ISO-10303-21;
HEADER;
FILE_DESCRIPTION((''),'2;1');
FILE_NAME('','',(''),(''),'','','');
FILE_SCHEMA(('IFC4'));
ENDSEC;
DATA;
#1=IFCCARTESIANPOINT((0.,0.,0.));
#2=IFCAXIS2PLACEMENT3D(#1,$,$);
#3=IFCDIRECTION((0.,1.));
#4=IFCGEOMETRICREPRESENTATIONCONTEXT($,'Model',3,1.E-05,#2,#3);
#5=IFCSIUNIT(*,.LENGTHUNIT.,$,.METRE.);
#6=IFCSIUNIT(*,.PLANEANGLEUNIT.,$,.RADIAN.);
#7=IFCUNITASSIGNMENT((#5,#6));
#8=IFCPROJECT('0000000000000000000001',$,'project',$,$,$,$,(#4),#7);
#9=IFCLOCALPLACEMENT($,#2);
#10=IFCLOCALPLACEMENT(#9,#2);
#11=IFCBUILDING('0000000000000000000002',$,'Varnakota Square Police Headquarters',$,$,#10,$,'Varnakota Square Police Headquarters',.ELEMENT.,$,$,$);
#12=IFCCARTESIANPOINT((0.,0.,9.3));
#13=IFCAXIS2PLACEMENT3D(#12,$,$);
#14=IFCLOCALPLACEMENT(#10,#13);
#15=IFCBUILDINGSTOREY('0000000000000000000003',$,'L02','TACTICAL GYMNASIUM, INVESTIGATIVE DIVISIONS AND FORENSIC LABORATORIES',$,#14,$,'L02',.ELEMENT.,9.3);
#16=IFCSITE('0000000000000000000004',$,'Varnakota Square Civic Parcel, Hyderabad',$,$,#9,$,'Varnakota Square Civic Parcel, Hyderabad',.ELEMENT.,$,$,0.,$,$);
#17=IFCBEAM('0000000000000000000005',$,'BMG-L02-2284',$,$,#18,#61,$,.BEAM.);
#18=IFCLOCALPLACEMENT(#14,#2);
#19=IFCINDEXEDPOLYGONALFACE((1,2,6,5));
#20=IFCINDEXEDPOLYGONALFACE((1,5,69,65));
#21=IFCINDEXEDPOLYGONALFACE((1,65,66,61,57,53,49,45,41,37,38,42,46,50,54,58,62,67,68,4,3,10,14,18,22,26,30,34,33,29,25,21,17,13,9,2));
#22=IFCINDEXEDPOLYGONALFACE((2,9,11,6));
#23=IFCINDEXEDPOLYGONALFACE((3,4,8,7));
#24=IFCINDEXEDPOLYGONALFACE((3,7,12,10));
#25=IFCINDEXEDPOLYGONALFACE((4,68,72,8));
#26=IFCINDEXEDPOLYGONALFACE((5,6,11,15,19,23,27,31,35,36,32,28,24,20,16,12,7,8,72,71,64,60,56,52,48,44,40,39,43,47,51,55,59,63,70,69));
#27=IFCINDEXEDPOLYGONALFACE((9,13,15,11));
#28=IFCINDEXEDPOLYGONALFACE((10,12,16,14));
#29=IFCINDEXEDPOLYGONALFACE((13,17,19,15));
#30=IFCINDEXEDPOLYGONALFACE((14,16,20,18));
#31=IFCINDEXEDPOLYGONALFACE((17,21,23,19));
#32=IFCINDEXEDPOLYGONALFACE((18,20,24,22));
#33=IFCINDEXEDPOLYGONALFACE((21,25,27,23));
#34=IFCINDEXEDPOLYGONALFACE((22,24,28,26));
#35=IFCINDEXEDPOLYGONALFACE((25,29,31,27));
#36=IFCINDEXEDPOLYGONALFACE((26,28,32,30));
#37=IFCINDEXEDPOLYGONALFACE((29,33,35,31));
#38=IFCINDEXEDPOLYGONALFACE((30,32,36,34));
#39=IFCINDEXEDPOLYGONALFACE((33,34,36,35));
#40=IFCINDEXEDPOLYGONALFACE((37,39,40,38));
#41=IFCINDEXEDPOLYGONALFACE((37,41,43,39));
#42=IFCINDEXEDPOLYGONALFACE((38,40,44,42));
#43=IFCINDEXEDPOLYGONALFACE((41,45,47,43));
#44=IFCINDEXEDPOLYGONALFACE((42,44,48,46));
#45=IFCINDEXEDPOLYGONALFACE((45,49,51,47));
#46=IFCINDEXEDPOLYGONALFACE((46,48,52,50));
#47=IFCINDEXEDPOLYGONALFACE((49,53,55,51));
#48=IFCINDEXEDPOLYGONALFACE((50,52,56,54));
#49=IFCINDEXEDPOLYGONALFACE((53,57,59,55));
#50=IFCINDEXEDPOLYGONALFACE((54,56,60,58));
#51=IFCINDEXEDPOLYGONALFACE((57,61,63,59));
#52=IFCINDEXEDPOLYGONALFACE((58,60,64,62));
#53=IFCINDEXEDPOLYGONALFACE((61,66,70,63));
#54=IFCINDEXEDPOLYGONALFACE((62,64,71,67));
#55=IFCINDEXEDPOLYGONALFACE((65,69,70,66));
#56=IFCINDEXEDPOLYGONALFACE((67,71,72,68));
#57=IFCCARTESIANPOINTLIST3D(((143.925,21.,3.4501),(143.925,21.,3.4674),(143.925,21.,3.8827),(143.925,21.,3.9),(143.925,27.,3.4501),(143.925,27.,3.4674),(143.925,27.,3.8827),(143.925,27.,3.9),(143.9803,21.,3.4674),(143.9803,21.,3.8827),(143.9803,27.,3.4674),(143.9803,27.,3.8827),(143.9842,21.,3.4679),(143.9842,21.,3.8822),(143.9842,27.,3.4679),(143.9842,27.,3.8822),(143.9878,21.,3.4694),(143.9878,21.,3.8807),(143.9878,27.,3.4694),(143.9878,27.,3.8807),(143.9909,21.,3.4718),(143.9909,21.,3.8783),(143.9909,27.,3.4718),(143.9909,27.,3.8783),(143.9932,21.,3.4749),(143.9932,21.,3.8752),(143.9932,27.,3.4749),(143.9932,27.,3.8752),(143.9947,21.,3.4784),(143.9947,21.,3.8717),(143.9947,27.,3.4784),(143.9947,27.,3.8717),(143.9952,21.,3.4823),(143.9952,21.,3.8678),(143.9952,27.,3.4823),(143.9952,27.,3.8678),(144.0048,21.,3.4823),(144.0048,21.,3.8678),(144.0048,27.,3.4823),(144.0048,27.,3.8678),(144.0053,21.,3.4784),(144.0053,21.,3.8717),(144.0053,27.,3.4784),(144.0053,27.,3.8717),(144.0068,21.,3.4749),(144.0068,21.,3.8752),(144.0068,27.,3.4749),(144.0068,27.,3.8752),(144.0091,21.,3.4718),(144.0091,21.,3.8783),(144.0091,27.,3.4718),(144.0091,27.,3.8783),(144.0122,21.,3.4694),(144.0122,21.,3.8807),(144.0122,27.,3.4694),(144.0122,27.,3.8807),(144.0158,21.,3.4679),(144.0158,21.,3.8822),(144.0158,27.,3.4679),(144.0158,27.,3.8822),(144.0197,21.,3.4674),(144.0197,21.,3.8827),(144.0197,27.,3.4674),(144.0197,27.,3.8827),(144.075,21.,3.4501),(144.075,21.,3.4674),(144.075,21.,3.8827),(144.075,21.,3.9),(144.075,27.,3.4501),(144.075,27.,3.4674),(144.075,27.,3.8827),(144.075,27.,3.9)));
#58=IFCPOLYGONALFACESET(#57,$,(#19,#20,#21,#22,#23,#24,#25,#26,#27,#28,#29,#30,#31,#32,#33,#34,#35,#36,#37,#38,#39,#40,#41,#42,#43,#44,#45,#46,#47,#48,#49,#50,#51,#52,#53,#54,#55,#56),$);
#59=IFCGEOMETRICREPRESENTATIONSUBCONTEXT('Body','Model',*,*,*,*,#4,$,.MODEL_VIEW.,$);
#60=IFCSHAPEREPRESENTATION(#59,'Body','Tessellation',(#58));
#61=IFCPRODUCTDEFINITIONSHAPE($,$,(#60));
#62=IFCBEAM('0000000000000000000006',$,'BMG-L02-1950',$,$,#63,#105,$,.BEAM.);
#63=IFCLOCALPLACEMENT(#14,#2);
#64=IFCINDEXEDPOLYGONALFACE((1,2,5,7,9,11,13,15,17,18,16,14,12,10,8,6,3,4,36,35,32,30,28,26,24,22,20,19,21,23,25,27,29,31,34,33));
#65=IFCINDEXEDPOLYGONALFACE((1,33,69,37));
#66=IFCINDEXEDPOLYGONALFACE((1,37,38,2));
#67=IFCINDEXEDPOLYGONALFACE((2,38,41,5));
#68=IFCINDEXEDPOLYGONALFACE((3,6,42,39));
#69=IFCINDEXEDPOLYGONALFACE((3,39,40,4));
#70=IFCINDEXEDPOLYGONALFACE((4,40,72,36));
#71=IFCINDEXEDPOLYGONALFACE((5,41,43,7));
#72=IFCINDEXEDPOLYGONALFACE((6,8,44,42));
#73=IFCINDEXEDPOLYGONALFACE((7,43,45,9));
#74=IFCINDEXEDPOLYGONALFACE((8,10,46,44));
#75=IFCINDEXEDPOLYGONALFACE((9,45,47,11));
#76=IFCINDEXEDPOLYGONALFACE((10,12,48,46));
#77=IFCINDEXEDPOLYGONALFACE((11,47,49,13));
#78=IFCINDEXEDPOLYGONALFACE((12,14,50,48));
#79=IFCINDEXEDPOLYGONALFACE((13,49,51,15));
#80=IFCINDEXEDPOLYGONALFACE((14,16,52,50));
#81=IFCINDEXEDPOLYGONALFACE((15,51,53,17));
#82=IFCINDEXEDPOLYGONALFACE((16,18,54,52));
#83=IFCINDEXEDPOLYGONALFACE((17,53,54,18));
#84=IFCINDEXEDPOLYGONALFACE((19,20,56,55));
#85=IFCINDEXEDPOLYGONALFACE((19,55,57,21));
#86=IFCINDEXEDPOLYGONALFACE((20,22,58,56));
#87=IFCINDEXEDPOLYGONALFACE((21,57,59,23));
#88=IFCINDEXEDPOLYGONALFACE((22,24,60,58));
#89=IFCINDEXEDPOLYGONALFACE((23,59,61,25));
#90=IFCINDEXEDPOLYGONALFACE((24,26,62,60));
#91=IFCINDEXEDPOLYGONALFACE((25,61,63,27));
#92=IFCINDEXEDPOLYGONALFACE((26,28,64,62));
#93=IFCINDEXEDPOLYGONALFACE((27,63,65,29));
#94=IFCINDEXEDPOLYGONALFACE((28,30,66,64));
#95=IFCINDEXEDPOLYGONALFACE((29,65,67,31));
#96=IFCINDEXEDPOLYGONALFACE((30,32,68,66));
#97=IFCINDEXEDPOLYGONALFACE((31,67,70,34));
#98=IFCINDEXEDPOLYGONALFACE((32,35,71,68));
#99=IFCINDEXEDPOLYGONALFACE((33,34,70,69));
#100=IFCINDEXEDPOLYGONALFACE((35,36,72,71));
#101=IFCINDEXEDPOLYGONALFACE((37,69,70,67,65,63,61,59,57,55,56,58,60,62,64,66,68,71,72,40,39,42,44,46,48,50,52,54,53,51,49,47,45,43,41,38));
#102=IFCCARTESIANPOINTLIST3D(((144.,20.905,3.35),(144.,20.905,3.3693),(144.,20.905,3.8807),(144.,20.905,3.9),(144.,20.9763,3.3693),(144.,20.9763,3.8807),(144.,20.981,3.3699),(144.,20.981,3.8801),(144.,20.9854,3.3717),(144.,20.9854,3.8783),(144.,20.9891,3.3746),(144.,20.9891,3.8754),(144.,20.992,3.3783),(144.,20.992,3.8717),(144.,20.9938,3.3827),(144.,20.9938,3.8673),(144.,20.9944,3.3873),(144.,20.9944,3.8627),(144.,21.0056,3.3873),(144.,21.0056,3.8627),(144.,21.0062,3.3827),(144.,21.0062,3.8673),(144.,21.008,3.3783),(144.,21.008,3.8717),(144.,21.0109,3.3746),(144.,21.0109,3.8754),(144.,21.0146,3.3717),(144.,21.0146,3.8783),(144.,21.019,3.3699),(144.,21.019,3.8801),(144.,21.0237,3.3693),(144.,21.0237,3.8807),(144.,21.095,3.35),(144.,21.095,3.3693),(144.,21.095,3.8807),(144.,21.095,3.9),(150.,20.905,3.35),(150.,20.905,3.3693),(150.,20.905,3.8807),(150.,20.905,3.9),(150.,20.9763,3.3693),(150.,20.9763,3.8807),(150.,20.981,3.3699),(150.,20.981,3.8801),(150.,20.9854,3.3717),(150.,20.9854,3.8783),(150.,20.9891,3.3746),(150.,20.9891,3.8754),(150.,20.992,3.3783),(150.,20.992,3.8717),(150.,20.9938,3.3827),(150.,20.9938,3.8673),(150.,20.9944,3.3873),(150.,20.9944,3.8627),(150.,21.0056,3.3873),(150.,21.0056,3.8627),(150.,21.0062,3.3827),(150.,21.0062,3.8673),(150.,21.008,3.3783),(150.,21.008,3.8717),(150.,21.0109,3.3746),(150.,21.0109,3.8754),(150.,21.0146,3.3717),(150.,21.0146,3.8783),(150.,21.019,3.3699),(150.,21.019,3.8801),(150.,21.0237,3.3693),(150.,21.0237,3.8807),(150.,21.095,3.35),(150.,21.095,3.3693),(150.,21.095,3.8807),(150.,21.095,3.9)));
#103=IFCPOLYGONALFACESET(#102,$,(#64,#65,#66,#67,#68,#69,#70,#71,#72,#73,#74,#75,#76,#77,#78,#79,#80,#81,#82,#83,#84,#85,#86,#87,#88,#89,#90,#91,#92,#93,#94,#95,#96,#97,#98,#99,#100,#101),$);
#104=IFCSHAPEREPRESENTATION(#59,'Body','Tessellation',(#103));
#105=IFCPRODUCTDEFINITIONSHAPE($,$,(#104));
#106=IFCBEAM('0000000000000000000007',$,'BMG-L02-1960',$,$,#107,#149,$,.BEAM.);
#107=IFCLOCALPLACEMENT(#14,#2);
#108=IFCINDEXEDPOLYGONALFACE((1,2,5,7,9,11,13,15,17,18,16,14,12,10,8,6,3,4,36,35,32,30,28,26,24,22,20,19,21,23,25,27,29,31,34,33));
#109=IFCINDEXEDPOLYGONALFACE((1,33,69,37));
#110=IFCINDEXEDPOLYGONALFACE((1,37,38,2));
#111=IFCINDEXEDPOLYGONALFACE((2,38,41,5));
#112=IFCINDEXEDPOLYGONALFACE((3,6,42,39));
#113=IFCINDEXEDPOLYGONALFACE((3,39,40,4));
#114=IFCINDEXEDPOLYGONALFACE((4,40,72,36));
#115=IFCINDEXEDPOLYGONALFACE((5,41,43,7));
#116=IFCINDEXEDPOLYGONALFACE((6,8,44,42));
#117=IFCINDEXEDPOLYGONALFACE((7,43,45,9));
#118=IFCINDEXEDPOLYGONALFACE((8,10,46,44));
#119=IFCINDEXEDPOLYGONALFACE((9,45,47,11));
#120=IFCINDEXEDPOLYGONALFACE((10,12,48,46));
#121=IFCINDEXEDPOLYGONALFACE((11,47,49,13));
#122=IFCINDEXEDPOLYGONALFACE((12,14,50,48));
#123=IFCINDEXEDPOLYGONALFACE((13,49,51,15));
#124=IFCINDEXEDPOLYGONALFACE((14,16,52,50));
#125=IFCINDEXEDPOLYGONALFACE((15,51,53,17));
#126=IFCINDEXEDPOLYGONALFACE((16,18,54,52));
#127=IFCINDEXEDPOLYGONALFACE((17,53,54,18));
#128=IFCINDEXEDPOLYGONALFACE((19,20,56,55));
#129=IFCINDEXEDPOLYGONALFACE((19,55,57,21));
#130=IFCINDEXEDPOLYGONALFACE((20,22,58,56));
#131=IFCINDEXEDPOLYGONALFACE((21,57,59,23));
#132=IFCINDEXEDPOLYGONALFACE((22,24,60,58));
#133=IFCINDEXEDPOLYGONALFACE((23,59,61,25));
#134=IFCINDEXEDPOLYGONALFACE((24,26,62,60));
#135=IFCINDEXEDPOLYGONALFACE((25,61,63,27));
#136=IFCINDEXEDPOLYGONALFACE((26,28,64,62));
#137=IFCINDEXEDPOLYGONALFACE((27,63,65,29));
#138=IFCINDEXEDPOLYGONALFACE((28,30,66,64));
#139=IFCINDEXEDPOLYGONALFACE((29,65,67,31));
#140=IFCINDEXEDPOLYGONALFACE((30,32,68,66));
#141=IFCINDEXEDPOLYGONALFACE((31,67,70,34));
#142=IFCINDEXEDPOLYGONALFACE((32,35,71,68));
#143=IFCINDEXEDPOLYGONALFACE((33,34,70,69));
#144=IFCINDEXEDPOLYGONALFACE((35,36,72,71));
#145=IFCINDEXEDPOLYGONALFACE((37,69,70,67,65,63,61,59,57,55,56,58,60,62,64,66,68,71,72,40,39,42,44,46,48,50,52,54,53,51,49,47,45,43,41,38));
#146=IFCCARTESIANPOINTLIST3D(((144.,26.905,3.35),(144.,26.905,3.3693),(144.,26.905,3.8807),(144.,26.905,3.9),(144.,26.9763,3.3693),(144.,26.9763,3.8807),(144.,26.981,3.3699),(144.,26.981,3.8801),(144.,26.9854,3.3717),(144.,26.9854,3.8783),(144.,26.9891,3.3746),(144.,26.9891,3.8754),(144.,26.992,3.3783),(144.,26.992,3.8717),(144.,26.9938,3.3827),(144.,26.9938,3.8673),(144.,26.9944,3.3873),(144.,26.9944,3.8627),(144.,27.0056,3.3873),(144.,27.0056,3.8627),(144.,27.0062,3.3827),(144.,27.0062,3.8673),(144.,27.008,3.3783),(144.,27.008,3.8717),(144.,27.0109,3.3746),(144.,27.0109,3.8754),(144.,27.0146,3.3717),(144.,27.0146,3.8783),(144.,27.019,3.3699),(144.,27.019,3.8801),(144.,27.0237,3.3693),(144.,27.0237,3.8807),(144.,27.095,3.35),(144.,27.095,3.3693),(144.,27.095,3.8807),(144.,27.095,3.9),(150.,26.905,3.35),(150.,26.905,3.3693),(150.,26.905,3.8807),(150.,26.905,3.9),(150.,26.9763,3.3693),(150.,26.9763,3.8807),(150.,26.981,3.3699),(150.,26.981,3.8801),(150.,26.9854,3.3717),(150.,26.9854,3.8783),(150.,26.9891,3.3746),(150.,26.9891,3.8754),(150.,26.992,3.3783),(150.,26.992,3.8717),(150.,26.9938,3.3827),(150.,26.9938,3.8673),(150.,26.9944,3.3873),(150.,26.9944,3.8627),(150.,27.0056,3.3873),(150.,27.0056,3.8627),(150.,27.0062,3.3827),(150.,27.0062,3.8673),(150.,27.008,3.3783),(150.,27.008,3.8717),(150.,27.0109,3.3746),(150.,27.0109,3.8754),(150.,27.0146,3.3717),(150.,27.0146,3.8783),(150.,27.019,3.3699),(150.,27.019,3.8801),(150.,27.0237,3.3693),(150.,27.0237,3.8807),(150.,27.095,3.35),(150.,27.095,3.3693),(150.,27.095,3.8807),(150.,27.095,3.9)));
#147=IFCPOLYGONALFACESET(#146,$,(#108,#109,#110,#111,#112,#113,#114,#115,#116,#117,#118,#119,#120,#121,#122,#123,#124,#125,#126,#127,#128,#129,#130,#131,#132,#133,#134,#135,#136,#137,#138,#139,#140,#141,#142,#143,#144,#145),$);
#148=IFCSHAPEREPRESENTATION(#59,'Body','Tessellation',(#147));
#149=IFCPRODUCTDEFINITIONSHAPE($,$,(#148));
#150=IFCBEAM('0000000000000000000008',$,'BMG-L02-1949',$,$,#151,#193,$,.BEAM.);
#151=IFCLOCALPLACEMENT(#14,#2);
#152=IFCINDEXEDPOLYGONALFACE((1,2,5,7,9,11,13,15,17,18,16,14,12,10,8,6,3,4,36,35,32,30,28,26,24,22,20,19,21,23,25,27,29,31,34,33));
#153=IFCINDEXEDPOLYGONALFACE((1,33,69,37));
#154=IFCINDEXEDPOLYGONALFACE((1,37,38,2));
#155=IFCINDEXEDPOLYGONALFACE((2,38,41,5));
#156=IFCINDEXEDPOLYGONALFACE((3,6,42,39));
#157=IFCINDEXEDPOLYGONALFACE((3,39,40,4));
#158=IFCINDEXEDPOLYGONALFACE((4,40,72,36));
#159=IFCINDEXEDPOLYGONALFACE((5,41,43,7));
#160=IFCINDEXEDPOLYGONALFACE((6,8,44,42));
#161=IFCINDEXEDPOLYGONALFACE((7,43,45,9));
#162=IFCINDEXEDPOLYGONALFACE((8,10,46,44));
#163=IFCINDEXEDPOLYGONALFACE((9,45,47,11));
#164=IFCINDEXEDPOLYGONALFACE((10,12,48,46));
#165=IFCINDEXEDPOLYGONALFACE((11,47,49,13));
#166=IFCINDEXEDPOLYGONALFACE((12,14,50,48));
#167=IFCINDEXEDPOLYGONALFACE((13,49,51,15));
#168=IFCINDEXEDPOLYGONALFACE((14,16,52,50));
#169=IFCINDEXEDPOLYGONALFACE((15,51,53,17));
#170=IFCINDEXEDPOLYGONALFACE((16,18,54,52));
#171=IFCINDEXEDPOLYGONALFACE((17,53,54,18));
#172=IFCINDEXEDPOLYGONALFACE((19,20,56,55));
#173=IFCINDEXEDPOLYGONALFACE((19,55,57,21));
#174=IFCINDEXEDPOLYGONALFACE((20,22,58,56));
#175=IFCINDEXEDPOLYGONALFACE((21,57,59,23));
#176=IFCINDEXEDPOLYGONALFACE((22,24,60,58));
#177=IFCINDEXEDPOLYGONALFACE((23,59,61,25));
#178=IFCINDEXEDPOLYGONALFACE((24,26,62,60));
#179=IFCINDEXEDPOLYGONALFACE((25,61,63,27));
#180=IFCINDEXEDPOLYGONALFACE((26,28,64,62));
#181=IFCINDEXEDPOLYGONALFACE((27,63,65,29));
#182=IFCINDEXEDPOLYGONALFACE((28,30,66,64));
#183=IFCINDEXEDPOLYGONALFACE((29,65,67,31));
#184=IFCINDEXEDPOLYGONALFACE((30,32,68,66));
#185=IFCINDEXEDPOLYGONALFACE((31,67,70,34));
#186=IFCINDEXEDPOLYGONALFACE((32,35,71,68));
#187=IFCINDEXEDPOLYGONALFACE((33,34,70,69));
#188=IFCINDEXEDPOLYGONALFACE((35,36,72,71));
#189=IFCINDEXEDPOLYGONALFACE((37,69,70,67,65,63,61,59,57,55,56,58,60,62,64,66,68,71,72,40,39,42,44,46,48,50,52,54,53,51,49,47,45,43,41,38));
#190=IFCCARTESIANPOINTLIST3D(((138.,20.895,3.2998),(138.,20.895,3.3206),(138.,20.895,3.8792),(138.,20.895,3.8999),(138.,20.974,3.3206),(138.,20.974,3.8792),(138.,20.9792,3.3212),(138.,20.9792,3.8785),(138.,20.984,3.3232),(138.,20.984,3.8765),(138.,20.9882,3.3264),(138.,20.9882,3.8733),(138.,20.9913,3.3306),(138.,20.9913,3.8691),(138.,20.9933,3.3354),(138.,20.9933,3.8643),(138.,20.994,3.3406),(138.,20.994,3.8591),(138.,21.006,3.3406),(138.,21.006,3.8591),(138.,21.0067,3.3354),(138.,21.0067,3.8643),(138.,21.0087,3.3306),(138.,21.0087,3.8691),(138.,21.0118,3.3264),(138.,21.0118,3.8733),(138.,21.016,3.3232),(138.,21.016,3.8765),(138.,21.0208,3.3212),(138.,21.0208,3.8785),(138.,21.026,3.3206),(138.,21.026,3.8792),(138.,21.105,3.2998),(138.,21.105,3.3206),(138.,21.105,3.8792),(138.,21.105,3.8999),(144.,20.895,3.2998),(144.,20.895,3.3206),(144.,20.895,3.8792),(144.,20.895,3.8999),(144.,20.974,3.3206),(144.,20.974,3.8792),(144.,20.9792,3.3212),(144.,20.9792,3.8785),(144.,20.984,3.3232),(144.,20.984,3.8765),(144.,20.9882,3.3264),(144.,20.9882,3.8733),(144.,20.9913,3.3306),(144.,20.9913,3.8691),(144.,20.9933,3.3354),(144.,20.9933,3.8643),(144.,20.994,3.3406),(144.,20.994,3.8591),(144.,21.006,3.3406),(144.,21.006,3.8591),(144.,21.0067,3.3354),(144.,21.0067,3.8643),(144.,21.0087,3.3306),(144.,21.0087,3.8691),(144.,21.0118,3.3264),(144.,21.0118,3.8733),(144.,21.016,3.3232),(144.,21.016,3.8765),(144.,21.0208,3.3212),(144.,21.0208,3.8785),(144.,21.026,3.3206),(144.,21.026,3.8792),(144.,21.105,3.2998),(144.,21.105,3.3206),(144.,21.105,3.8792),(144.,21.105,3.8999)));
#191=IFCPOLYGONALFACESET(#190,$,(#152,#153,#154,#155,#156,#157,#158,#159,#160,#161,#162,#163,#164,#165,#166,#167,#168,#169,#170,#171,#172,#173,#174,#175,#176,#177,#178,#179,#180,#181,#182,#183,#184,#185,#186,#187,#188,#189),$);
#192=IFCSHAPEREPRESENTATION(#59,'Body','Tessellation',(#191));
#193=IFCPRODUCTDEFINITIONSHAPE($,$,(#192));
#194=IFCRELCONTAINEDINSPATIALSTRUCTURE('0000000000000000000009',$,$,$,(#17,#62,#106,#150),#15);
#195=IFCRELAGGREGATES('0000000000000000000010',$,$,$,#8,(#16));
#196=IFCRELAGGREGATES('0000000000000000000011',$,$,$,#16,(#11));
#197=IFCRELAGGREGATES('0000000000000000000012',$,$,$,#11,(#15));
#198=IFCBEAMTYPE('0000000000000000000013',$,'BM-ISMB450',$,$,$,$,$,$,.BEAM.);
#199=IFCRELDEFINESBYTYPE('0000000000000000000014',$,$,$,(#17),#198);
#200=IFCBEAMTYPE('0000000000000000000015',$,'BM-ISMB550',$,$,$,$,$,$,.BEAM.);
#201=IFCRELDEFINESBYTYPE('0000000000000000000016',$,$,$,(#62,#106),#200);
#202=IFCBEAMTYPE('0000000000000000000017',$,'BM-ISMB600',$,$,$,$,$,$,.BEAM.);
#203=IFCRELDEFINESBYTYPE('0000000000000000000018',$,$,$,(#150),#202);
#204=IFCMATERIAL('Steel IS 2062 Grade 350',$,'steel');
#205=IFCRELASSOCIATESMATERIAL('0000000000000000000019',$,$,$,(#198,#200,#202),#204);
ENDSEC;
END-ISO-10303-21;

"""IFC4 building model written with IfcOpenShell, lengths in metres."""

from ifc_helpers import new_model, si_unit, direction, frame, origin, origin_2d, place, context, subcontext, project, spatial, i_section, extrude, material, material_profile, profile_set, type_object, element, save


model = new_model("IFC4")

# Units and contexts
model_context = context("Model", 3, precision=1e-05, world=origin(), true_north=direction((0.0, 1.0)))
body_context = subcontext(model_context, "Body", "Model", "MODEL_VIEW")
ifc_project = project(units=[si_unit("LENGTHUNIT", "METRE"), si_unit("PLANEANGLEUNIT", "RADIAN")], contexts=[model_context])

# Site, building, storey
site_placement = place(None, origin())
site = spatial("IfcSite", under=ifc_project, at=site_placement, Name="Varnakota Square Civic Parcel, Hyderabad", LongName="Varnakota Square Civic Parcel, Hyderabad", CompositionType="ELEMENT", RefElevation=0.0)
building_placement = place(site_placement, origin())
building = spatial("IfcBuilding", under=site, at=building_placement, Name="Varnakota Square Police Headquarters", LongName="Varnakota Square Police Headquarters", CompositionType="ELEMENT")
storey_placement = place(building_placement, frame((0.0, 0.0, 9.3)))
storey = spatial("IfcBuildingStorey", under=building, at=storey_placement, Name="L02", Description="TACTICAL GYMNASIUM, INVESTIGATIVE DIVISIONS AND FORENSIC LABORATORIES", LongName="L02", CompositionType="ELEMENT", Elevation=9.3)

# Shared definitions
ifc_material_1 = material(Name="Steel IS 2062 Grade 350", Category="steel")

# Beams
ifc_material_profile_1 = material_profile(ifc_material_1, i_section(OverallWidth=0.1499, OverallDepth=0.45, WebThickness=0.0095, FlangeThickness=0.0173, FilletRadius=0.0149, at=origin_2d()), Name="ISMB 450")
ifc_profile_set_1 = profile_set([ifc_material_profile_1], Name="Steel IS 2062 Grade 350")
beam_type_1 = type_object("IfcBeamType", Name="BM-ISMB450", PredefinedType="BEAM", material=ifc_profile_set_1)
for number, where, z_axis, x_axis, name in (
    (1, (144.0, 21.0, 3.675), (0.0, 1.0, 0.0), (-1.0, 0.0, 0.0), "BMG-L02-2284"),
):
    element("IfcBeam", number, at=place(storey_placement, frame(where, z_axis=z_axis, x_axis=x_axis)), inside=storey, type_object=beam_type_1, Name=name, PredefinedType="BEAM", context=body_context, shape_type="SweptSolid", body=[
        extrude(i_section(OverallWidth=0.1499, OverallDepth=0.45, WebThickness=0.0095, FlangeThickness=0.0173, FilletRadius=0.0149, at=origin_2d()), origin(), (0.0, 0.0, 1.0), 6.0),
    ])
ifc_material_profile_2 = material_profile(ifc_material_1, i_section(OverallWidth=0.1899, OverallDepth=0.55, WebThickness=0.0112, FlangeThickness=0.0193, FilletRadius=0.0181, at=origin_2d()), Name="ISMB 550")
ifc_profile_set_2 = profile_set([ifc_material_profile_2], Name="Steel IS 2062 Grade 350")
beam_type_2 = type_object("IfcBeamType", Name="BM-ISMB550", PredefinedType="BEAM", material=ifc_profile_set_2)
for number, where, z_axis, x_axis, name in (
    (2, (144.0, 21.0, 3.625), (1.0, 0.0, 0.0), (0.0, 1.0, 0.0), "BMG-L02-1950"),
    (3, (144.0, 27.0, 3.625), (1.0, 0.0, 0.0), (0.0, 1.0, 0.0), "BMG-L02-1960"),
):
    element("IfcBeam", number, at=place(storey_placement, frame(where, z_axis=z_axis, x_axis=x_axis)), inside=storey, type_object=beam_type_2, Name=name, PredefinedType="BEAM", context=body_context, shape_type="SweptSolid", body=[
        extrude(i_section(OverallWidth=0.1899, OverallDepth=0.55, WebThickness=0.0112, FlangeThickness=0.0193, FilletRadius=0.0181, at=origin_2d()), origin(), (0.0, 0.0, 1.0), 6.0),
    ])
ifc_material_profile_3 = material_profile(ifc_material_1, i_section(OverallWidth=0.21, OverallDepth=0.6001, WebThickness=0.012, FlangeThickness=0.0208, FilletRadius=0.02, at=origin_2d()), Name="ISMB 600")
ifc_profile_set_3 = profile_set([ifc_material_profile_3], Name="Steel IS 2062 Grade 350")
beam_type_3 = type_object("IfcBeamType", Name="BM-ISMB600", PredefinedType="BEAM", material=ifc_profile_set_3)
for number, where, z_axis, x_axis, name in (
    (4, (138.0, 21.0, 3.5999), (1.0, 0.0, 0.0), (0.0, 1.0, 0.0), "BMG-L02-1949"),
):
    element("IfcBeam", number, at=place(storey_placement, frame(where, z_axis=z_axis, x_axis=x_axis)), inside=storey, type_object=beam_type_3, Name=name, PredefinedType="BEAM", context=body_context, shape_type="SweptSolid", body=[
        extrude(i_section(OverallWidth=0.21, OverallDepth=0.6001, WebThickness=0.012, FlangeThickness=0.0208, FilletRadius=0.02, at=origin_2d()), origin(), (0.0, 0.0, 1.0), 6.0),
    ])

save(model, "model.ifc")
